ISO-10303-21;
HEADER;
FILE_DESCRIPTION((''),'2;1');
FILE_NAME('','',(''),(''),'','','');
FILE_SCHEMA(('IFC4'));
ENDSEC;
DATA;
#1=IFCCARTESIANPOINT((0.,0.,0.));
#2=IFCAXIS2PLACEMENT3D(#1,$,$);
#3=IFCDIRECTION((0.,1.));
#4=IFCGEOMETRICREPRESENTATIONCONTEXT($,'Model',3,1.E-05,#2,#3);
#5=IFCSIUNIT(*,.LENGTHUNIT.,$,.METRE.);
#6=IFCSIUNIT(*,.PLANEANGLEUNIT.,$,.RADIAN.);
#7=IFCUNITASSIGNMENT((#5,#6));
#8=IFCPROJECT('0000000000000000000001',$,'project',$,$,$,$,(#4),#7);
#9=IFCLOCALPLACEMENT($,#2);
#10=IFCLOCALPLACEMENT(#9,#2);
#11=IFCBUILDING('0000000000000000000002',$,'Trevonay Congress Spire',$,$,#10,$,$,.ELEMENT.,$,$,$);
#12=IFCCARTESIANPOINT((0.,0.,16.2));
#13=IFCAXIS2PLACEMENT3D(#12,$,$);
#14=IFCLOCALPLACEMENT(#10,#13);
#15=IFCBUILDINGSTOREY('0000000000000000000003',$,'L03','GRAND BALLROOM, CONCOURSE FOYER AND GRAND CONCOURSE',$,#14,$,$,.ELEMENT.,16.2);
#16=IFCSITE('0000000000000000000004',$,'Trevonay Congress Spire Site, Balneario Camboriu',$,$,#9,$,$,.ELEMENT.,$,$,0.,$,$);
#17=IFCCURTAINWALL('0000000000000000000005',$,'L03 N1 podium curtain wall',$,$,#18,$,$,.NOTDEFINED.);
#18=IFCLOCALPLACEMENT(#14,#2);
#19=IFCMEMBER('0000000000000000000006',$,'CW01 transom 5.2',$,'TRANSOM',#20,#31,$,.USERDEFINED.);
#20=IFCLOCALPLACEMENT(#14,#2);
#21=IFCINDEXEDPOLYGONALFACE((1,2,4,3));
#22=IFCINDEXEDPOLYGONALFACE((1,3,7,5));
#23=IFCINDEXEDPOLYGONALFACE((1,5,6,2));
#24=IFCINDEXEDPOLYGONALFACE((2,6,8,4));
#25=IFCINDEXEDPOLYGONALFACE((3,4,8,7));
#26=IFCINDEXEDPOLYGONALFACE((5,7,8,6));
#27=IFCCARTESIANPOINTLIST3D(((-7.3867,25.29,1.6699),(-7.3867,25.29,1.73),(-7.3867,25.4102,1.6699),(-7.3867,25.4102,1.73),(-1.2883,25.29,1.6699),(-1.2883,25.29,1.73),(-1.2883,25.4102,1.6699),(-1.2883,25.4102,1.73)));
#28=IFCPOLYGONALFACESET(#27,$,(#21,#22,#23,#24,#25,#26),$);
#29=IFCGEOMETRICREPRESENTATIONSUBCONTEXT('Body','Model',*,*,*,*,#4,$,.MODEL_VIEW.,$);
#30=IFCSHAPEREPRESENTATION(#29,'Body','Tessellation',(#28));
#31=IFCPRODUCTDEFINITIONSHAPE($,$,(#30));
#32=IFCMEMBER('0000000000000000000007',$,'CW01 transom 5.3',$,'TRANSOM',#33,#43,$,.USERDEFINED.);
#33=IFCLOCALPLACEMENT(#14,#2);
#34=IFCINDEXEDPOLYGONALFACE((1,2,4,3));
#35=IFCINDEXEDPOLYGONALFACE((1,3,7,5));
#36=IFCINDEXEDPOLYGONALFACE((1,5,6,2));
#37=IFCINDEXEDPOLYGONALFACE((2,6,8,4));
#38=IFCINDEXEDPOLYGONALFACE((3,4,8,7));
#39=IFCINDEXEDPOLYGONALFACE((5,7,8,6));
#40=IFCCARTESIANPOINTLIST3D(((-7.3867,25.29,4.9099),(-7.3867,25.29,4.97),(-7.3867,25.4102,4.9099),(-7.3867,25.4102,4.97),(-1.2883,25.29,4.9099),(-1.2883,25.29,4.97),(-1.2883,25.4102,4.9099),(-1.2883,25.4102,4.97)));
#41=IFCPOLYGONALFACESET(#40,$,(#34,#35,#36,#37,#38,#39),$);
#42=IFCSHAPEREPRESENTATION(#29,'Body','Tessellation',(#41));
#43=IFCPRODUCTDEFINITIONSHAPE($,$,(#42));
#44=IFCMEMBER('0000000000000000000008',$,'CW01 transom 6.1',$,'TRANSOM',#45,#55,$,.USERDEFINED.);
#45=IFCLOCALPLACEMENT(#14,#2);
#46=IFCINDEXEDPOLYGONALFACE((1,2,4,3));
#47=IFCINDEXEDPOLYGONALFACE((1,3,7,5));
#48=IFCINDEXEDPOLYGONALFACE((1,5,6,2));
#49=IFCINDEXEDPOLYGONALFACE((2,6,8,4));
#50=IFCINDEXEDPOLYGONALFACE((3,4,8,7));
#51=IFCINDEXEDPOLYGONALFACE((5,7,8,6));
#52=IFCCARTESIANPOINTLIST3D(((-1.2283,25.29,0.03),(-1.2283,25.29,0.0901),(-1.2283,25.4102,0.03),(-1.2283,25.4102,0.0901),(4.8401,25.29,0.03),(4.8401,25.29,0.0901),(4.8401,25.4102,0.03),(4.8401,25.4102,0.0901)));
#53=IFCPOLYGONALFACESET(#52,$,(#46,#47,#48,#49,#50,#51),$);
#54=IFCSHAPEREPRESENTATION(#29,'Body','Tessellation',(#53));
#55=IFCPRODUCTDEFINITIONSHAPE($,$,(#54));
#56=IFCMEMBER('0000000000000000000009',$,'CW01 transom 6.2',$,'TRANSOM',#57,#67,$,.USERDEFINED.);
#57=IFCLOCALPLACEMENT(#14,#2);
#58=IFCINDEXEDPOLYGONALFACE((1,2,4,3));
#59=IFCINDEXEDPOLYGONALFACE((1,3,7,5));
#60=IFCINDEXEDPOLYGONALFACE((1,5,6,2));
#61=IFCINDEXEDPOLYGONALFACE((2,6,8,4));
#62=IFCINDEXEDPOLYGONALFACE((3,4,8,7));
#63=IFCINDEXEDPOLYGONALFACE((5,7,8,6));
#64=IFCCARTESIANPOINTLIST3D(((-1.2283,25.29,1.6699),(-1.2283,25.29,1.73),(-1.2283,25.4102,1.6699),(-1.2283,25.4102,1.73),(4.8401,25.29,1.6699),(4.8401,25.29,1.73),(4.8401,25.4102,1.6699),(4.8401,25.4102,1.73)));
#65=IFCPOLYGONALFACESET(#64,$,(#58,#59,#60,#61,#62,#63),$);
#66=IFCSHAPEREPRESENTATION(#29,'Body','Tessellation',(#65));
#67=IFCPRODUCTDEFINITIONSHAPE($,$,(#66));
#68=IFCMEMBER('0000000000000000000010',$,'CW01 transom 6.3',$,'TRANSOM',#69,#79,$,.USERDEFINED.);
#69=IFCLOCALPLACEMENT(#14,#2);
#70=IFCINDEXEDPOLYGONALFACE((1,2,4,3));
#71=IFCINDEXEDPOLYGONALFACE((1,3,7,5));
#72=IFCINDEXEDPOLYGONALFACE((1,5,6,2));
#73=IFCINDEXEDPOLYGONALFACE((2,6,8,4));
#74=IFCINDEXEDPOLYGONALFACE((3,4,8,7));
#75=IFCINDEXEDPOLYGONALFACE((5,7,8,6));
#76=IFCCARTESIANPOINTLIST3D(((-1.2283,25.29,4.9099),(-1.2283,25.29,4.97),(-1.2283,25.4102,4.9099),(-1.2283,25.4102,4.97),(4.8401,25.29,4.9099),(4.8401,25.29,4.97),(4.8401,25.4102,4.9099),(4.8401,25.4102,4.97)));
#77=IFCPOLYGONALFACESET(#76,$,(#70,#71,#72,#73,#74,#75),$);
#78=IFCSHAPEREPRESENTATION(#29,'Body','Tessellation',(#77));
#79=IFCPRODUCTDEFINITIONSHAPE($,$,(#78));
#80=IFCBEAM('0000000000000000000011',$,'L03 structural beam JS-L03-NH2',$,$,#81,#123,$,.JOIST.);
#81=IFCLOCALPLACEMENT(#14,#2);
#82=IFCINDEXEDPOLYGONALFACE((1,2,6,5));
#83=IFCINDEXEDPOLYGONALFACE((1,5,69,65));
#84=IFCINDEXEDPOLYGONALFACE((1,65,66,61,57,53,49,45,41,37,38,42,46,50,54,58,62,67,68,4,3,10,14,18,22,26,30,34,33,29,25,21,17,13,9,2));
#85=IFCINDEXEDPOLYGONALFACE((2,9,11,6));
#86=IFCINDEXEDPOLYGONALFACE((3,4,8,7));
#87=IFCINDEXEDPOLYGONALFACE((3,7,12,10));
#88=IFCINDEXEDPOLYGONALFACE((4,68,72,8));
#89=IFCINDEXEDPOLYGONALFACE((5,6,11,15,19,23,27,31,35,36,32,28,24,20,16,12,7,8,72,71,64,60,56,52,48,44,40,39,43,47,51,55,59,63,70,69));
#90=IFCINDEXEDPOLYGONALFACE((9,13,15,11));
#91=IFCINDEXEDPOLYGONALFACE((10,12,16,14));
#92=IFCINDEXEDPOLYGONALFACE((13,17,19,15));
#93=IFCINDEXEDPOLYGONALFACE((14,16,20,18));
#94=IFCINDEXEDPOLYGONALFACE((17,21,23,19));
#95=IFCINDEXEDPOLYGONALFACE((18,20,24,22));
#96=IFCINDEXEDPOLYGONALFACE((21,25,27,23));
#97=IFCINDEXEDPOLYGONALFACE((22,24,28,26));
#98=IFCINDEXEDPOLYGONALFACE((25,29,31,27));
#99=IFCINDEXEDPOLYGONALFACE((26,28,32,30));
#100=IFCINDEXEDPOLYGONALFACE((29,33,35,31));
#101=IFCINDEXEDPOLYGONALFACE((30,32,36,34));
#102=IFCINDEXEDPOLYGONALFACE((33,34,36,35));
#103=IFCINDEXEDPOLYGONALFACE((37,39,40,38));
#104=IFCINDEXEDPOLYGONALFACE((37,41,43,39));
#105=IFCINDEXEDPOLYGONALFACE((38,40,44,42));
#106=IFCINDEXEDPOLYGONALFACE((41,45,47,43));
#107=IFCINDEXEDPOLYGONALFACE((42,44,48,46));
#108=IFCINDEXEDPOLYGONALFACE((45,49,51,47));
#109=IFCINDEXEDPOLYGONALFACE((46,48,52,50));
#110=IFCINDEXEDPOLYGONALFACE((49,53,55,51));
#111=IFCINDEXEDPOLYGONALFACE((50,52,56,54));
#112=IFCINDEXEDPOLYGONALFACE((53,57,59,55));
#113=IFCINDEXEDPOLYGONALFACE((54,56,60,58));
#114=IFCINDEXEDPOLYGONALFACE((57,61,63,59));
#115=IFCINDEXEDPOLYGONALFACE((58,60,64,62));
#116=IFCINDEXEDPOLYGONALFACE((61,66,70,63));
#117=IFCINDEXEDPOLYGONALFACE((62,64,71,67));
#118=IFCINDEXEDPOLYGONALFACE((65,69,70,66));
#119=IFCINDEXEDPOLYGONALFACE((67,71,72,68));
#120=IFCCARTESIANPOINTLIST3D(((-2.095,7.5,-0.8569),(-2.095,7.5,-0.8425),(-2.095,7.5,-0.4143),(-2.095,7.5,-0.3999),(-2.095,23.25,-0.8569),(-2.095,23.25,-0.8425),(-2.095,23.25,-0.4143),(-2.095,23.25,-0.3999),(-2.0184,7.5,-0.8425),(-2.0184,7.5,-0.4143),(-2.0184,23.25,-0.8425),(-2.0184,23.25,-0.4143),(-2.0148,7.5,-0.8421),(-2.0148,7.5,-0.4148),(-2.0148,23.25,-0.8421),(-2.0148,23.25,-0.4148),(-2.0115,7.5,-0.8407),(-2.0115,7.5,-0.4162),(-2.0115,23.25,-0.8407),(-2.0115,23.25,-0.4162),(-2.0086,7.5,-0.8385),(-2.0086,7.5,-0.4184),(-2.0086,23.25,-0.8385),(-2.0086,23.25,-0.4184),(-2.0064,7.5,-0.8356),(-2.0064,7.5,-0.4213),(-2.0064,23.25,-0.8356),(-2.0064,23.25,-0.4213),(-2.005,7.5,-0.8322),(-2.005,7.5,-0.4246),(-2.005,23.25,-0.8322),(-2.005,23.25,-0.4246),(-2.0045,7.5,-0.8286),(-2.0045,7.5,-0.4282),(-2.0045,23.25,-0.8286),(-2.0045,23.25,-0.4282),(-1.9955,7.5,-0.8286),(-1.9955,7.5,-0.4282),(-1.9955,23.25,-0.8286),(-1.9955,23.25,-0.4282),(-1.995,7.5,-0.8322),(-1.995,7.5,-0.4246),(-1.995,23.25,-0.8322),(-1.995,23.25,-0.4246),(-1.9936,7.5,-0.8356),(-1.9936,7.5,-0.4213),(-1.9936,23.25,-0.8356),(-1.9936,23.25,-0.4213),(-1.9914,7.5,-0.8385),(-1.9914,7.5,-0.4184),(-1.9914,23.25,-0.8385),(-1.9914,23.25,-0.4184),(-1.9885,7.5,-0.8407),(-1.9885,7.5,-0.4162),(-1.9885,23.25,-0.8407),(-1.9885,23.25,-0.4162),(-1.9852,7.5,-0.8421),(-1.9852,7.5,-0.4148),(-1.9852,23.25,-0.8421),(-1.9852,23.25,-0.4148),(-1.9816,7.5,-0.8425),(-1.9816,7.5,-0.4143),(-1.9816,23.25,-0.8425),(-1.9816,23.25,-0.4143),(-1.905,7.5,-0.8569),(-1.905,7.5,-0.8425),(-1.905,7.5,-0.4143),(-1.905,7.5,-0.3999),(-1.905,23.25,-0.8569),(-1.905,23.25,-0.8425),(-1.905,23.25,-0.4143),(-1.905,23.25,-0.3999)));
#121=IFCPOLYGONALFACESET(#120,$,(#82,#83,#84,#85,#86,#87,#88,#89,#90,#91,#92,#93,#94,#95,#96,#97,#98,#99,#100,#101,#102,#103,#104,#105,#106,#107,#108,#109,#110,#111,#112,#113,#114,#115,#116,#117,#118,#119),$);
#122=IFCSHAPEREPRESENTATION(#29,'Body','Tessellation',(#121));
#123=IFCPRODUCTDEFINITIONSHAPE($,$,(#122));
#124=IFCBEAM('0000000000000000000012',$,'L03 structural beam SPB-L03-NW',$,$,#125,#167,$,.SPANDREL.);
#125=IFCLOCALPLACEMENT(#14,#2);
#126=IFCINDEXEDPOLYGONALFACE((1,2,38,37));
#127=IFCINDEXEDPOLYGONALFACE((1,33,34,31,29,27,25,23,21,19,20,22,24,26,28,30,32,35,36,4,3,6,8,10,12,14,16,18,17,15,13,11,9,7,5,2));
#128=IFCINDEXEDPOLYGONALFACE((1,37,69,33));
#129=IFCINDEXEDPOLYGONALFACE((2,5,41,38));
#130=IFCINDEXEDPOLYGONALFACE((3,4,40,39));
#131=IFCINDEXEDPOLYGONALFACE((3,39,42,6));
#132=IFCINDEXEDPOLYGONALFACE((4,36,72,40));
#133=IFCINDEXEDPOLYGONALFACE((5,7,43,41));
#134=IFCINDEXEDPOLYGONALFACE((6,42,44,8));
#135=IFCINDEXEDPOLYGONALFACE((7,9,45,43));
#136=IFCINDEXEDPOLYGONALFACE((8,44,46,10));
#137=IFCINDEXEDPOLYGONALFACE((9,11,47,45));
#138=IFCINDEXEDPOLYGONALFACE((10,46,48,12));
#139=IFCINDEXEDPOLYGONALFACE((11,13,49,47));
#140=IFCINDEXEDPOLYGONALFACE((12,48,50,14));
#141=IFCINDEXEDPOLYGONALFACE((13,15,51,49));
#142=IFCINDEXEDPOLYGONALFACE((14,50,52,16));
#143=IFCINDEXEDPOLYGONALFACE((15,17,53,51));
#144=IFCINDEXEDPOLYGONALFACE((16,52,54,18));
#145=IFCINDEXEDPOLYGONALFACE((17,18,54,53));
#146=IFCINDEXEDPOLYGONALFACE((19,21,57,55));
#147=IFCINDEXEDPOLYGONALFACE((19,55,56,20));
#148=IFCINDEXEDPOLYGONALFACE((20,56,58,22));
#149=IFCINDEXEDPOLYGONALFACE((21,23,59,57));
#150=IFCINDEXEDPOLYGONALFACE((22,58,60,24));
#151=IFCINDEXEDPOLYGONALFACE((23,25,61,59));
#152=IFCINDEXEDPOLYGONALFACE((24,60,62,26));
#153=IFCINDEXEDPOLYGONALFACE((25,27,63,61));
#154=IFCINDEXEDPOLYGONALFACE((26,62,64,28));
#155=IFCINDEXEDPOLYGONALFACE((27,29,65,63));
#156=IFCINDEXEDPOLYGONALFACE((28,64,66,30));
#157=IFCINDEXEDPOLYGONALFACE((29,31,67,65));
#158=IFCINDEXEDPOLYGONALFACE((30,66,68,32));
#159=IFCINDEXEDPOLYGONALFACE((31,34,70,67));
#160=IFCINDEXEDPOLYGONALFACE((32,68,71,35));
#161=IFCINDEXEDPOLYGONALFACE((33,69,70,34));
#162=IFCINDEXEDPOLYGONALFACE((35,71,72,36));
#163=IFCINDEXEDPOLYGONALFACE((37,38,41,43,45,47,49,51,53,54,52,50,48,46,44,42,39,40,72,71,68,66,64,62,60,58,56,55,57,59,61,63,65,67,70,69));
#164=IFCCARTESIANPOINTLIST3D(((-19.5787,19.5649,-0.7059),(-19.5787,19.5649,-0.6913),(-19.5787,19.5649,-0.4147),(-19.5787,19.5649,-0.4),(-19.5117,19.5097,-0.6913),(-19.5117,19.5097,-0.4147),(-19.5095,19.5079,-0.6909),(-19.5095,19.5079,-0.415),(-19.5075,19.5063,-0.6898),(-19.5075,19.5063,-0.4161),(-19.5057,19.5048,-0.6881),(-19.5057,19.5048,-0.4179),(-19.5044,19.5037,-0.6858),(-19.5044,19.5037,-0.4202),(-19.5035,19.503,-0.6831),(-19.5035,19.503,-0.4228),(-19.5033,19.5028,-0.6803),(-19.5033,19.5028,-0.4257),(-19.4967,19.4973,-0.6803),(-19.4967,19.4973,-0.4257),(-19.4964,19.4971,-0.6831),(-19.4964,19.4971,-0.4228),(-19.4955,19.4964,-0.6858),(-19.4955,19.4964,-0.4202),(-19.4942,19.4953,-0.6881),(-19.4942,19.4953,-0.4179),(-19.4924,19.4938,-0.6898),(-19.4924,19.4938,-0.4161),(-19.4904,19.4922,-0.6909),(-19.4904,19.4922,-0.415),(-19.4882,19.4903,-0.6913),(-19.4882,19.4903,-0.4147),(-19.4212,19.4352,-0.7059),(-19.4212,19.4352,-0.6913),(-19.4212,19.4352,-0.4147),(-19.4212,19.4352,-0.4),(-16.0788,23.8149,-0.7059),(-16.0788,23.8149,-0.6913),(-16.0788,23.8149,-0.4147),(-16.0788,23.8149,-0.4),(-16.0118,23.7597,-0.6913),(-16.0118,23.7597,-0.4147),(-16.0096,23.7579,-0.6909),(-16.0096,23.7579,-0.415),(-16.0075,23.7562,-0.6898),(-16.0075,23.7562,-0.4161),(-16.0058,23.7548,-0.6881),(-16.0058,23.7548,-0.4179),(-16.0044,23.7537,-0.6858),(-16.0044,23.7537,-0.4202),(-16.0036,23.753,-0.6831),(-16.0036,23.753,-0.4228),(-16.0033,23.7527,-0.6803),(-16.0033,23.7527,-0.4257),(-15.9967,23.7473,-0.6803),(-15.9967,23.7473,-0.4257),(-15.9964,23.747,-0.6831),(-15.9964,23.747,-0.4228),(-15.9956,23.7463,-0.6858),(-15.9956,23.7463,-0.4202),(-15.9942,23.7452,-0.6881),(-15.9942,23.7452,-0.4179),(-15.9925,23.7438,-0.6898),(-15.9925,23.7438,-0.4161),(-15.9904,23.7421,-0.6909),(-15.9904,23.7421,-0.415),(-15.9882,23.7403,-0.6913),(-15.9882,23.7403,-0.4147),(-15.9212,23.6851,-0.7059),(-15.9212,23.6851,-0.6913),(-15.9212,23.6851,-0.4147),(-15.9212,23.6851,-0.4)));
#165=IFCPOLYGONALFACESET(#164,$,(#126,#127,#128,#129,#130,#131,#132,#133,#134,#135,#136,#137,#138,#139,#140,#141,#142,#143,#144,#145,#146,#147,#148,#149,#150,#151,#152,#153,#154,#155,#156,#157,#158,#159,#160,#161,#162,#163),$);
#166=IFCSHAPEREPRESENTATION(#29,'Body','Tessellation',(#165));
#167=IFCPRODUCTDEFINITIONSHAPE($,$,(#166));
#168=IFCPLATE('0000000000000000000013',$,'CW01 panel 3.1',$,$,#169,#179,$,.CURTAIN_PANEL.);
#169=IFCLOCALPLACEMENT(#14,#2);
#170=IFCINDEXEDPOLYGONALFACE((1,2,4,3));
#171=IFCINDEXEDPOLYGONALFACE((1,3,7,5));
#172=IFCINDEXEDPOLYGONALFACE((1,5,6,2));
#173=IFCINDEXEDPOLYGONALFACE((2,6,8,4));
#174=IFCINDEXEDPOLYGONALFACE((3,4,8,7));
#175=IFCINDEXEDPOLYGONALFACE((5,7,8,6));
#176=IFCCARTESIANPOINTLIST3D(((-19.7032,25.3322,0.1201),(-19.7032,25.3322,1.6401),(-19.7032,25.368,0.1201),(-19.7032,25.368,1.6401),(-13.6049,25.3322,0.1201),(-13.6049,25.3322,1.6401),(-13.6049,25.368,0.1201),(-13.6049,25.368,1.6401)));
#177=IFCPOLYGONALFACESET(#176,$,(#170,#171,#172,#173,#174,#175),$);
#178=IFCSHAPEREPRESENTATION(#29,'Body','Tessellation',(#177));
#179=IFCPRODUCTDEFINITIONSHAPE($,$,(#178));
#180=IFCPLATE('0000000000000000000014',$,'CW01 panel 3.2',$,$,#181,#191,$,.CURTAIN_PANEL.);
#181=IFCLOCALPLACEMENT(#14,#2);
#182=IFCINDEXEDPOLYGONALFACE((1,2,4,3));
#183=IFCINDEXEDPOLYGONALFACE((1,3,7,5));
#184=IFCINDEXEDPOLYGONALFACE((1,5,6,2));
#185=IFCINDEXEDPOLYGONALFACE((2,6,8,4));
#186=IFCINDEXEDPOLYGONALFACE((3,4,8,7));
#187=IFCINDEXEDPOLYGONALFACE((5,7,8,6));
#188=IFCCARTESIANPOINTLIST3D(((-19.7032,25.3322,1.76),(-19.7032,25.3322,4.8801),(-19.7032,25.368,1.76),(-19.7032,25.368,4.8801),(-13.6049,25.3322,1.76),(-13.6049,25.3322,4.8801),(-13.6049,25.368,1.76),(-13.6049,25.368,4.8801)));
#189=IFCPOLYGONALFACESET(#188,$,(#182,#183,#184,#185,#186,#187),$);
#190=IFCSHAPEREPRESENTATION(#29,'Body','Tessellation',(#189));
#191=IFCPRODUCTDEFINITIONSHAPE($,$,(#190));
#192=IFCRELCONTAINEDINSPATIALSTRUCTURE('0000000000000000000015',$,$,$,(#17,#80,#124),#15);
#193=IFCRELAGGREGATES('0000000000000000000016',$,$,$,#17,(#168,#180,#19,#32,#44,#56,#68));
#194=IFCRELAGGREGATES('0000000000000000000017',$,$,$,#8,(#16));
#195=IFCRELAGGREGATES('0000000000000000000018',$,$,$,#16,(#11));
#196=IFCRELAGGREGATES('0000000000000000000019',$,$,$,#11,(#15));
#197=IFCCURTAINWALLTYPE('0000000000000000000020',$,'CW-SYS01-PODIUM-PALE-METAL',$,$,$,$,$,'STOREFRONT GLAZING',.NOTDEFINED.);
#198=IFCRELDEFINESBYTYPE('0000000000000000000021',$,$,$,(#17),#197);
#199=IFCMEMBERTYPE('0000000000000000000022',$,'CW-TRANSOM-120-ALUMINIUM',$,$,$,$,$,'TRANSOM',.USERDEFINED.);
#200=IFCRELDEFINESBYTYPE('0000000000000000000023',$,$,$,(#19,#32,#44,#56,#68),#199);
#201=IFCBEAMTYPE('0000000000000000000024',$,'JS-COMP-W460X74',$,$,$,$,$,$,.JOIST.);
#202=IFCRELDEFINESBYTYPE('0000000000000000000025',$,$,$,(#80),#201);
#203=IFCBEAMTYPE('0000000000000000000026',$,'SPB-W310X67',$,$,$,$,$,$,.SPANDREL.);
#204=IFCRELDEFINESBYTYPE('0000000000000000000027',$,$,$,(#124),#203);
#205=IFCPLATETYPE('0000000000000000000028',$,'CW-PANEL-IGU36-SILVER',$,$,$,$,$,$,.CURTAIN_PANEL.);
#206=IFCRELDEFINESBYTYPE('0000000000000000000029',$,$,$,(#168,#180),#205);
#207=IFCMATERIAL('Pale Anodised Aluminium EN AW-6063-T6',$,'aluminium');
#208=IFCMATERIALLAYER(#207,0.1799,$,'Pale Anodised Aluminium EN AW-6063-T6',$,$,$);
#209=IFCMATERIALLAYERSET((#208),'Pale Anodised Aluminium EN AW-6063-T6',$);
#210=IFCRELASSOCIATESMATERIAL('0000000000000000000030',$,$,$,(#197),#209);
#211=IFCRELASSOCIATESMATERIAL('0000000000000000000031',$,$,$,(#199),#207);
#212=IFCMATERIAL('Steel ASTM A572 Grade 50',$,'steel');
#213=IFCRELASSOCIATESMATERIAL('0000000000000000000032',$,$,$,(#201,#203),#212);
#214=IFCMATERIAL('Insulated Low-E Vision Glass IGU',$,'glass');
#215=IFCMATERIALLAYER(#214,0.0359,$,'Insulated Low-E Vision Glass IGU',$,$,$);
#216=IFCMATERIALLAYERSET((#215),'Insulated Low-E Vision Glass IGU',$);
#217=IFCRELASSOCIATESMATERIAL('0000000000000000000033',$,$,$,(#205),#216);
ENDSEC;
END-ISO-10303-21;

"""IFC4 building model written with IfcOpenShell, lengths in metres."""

from ifc_helpers import new_model, si_unit, direction, frame, origin, origin_2d, place, context, subcontext, project, spatial, rectangle, i_section, extrude, material, layer, layer_set, material_profile, profile_set, type_object, element, aggregate, save


model = new_model("IFC4")

# Units and contexts
model_context = context("Model", 3, precision=1e-05, world=origin(), true_north=direction((0.0, 1.0)))
body_context = subcontext(model_context, "Body", "Model", "MODEL_VIEW")
ifc_project = project(units=[si_unit("LENGTHUNIT", "METRE"), si_unit("PLANEANGLEUNIT", "RADIAN")], contexts=[model_context])

# Site, building, storey
site_placement = place(None, origin())
site = spatial("IfcSite", under=ifc_project, at=site_placement, Name="Trevonay Congress Spire Site, Balneario Camboriu", CompositionType="ELEMENT", RefElevation=0.0)
building_placement = place(site_placement, origin())
building = spatial("IfcBuilding", under=site, at=building_placement, Name="Trevonay Congress Spire", CompositionType="ELEMENT")
storey_placement = place(building_placement, frame((0.0, 0.0, 16.2)))
storey = spatial("IfcBuildingStorey", under=building, at=storey_placement, Name="L03", Description="GRAND BALLROOM, CONCOURSE FOYER AND GRAND CONCOURSE", CompositionType="ELEMENT", Elevation=16.2)

# Shared definitions
ifc_material_1 = material(Name="Steel ASTM A572 Grade 50", Category="steel")

# Curtain wall, members
ifc_material_2 = material(Name="Pale Anodised Aluminium EN AW-6063-T6", Category="aluminium")
ifc_layer_1 = layer(ifc_material_2, 0.1799, Name="Pale Anodised Aluminium EN AW-6063-T6")
ifc_layer_set_1 = layer_set([ifc_layer_1], Name="Pale Anodised Aluminium EN AW-6063-T6")
curtain_wall_type = type_object("IfcCurtainWallType", Name="CW-SYS01-PODIUM-PALE-METAL", ElementType="STOREFRONT GLAZING", PredefinedType="NOTDEFINED", material=ifc_layer_set_1)
curtain_wall_placement = place(storey_placement, origin())
curtain_wall = element("IfcCurtainWall", 1, at=curtain_wall_placement, inside=storey, type_object=curtain_wall_type, Name="L03 N1 podium curtain wall", PredefinedType="NOTDEFINED")
ifc_material_profile_1 = material_profile(ifc_material_2, rectangle(XDim=0.1201, YDim=0.0601, at=origin_2d()), Name="CW-TRANSOM-120-ALUMINIUM")
ifc_profile_set_1 = profile_set([ifc_material_profile_1], Name="Pale Anodised Aluminium EN AW-6063-T6")
member_type_1 = type_object("IfcMemberType", Name="CW-TRANSOM-120-ALUMINIUM", ElementType="TRANSOM", PredefinedType="USERDEFINED", material=ifc_profile_set_1)
member_1_placement = place(storey_placement, frame((-7.3867, 25.3501, 1.7), z_axis=(1.0, 0.0, 0.0), x_axis=(0.0, 1.0, 0.0)))
member_1 = element("IfcMember", 2, at=member_1_placement, type_object=member_type_1, Name="CW01 transom 5.2", ObjectType="TRANSOM", PredefinedType="USERDEFINED", context=body_context, shape_type="SweptSolid", body=[
    extrude(rectangle(XDim=0.1201, YDim=0.0601, at=origin_2d()), origin(), (0.0, 0.0, 1.0), 6.0984),
])
member_2_placement = place(storey_placement, frame((-7.3867, 25.3501, 4.9399), z_axis=(1.0, 0.0, 0.0), x_axis=(0.0, 1.0, 0.0)))
member_2 = element("IfcMember", 3, at=member_2_placement, type_object=member_type_1, Name="CW01 transom 5.3", ObjectType="TRANSOM", PredefinedType="USERDEFINED", context=body_context, shape_type="SweptSolid", body=[
    extrude(rectangle(XDim=0.1201, YDim=0.0601, at=origin_2d()), origin(), (0.0, 0.0, 1.0), 6.0984),
])
member_3_placement = place(storey_placement, frame((-1.2283, 25.3501, 0.0601), z_axis=(1.0, 0.0, 0.0), x_axis=(0.0, 1.0, 0.0)))
member_3 = element("IfcMember", 4, at=member_3_placement, type_object=member_type_1, Name="CW01 transom 6.1", ObjectType="TRANSOM", PredefinedType="USERDEFINED", context=body_context, shape_type="SweptSolid", body=[
    extrude(rectangle(XDim=0.1201, YDim=0.0601, at=origin_2d()), origin(), (0.0, 0.0, 1.0), 6.0684),
])
member_4_placement = place(storey_placement, frame((-1.2283, 25.3501, 1.7), z_axis=(1.0, 0.0, 0.0), x_axis=(0.0, 1.0, 0.0)))
member_4 = element("IfcMember", 5, at=member_4_placement, type_object=member_type_1, Name="CW01 transom 6.2", ObjectType="TRANSOM", PredefinedType="USERDEFINED", context=body_context, shape_type="SweptSolid", body=[
    extrude(rectangle(XDim=0.1201, YDim=0.0601, at=origin_2d()), origin(), (0.0, 0.0, 1.0), 6.0684),
])
member_5_placement = place(storey_placement, frame((-1.2283, 25.3501, 4.9399), z_axis=(1.0, 0.0, 0.0), x_axis=(0.0, 1.0, 0.0)))
member_5 = element("IfcMember", 6, at=member_5_placement, type_object=member_type_1, Name="CW01 transom 6.3", ObjectType="TRANSOM", PredefinedType="USERDEFINED", context=body_context, shape_type="SweptSolid", body=[
    extrude(rectangle(XDim=0.1201, YDim=0.0601, at=origin_2d()), origin(), (0.0, 0.0, 1.0), 6.0684),
])

# Beams
ifc_material_profile_2 = material_profile(ifc_material_1, i_section(OverallWidth=0.1899, OverallDepth=0.457, WebThickness=0.009, FlangeThickness=0.0144, FilletRadius=0.0139, at=origin_2d()), Name="W460x74")
ifc_profile_set_2 = profile_set([ifc_material_profile_2], Name="Steel ASTM A572 Grade 50")
beam_type_1 = type_object("IfcBeamType", Name="JS-COMP-W460X74", PredefinedType="JOIST", material=ifc_profile_set_2)
beam_1_placement = place(storey_placement, frame((-2.0, 7.5, -0.6284), z_axis=(0.0, 1.0, 0.0), x_axis=(-1.0, 0.0, 0.0)))
element("IfcBeam", 7, at=beam_1_placement, inside=storey, type_object=beam_type_1, Name="L03 structural beam JS-L03-NH2", PredefinedType="JOIST", context=body_context, shape_type="SweptSolid", body=[
    extrude(i_section(OverallWidth=0.1899, OverallDepth=0.457, WebThickness=0.009, FlangeThickness=0.0144, FilletRadius=0.0139, at=origin_2d()), origin(), (0.0, 0.0, 1.0), 15.75),
])
ifc_material_profile_3 = material_profile(ifc_material_1, i_section(OverallWidth=0.2041, OverallDepth=0.3059, WebThickness=0.0085, FlangeThickness=0.0146, FilletRadius=0.011, at=origin_2d()), Name="W310x67")
ifc_profile_set_3 = profile_set([ifc_material_profile_3], Name="Steel ASTM A572 Grade 50")
beam_type_2 = type_object("IfcBeamType", Name="SPB-W310X67", PredefinedType="SPANDREL", material=ifc_profile_set_3)
beam_2_placement = place(storey_placement, frame((-16.0, 23.75, -0.553), z_axis=(-0.635707, -0.77193, 0.0), x_axis=(0.77193, -0.635707, 0.0)))
element("IfcBeam", 8, at=beam_2_placement, inside=storey, type_object=beam_type_2, Name="L03 structural beam SPB-L03-NW", PredefinedType="SPANDREL", context=body_context, shape_type="SweptSolid", body=[
    extrude(i_section(OverallWidth=0.2041, OverallDepth=0.3059, WebThickness=0.0085, FlangeThickness=0.0146, FilletRadius=0.011, at=origin_2d()), origin(), (0.0, 0.0, 1.0), 5.5056),
])

# Plates
ifc_material_3 = material(Name="Insulated Low-E Vision Glass IGU", Category="glass")
ifc_layer_2 = layer(ifc_material_3, 0.0359, Name="Insulated Low-E Vision Glass IGU")
ifc_layer_set_2 = layer_set([ifc_layer_2], Name="Insulated Low-E Vision Glass IGU")
plate_type = type_object("IfcPlateType", Name="CW-PANEL-IGU36-SILVER", PredefinedType="CURTAIN_PANEL", material=ifc_layer_set_2)
plate_1_placement = place(storey_placement, frame((-16.6541, 25.3501, 0.1201), z_axis=(0.0, 0.0, 1.0), x_axis=(1.0, 0.0, 0.0)))
plate_1 = element("IfcPlate", 9, at=plate_1_placement, type_object=plate_type, Name="CW01 panel 3.1", PredefinedType="CURTAIN_PANEL", context=body_context, shape_type="SweptSolid", body=[
    extrude(rectangle(XDim=6.0984, YDim=0.0359, at=origin_2d()), origin(), (0.0, 0.0, 1.0), 1.52),
])
plate_2_placement = place(storey_placement, frame((-16.6541, 25.3501, 1.76), z_axis=(0.0, 0.0, 1.0), x_axis=(1.0, 0.0, 0.0)))
plate_2 = element("IfcPlate", 10, at=plate_2_placement, type_object=plate_type, Name="CW01 panel 3.2", PredefinedType="CURTAIN_PANEL", context=body_context, shape_type="SweptSolid", body=[
    extrude(rectangle(XDim=6.0984, YDim=0.0359, at=origin_2d()), origin(), (0.0, 0.0, 1.0), 3.1201),
])
aggregate(curtain_wall, [plate_1, plate_2, member_1, member_2, member_3, member_4, member_5])

save(model, "model.ifc")
